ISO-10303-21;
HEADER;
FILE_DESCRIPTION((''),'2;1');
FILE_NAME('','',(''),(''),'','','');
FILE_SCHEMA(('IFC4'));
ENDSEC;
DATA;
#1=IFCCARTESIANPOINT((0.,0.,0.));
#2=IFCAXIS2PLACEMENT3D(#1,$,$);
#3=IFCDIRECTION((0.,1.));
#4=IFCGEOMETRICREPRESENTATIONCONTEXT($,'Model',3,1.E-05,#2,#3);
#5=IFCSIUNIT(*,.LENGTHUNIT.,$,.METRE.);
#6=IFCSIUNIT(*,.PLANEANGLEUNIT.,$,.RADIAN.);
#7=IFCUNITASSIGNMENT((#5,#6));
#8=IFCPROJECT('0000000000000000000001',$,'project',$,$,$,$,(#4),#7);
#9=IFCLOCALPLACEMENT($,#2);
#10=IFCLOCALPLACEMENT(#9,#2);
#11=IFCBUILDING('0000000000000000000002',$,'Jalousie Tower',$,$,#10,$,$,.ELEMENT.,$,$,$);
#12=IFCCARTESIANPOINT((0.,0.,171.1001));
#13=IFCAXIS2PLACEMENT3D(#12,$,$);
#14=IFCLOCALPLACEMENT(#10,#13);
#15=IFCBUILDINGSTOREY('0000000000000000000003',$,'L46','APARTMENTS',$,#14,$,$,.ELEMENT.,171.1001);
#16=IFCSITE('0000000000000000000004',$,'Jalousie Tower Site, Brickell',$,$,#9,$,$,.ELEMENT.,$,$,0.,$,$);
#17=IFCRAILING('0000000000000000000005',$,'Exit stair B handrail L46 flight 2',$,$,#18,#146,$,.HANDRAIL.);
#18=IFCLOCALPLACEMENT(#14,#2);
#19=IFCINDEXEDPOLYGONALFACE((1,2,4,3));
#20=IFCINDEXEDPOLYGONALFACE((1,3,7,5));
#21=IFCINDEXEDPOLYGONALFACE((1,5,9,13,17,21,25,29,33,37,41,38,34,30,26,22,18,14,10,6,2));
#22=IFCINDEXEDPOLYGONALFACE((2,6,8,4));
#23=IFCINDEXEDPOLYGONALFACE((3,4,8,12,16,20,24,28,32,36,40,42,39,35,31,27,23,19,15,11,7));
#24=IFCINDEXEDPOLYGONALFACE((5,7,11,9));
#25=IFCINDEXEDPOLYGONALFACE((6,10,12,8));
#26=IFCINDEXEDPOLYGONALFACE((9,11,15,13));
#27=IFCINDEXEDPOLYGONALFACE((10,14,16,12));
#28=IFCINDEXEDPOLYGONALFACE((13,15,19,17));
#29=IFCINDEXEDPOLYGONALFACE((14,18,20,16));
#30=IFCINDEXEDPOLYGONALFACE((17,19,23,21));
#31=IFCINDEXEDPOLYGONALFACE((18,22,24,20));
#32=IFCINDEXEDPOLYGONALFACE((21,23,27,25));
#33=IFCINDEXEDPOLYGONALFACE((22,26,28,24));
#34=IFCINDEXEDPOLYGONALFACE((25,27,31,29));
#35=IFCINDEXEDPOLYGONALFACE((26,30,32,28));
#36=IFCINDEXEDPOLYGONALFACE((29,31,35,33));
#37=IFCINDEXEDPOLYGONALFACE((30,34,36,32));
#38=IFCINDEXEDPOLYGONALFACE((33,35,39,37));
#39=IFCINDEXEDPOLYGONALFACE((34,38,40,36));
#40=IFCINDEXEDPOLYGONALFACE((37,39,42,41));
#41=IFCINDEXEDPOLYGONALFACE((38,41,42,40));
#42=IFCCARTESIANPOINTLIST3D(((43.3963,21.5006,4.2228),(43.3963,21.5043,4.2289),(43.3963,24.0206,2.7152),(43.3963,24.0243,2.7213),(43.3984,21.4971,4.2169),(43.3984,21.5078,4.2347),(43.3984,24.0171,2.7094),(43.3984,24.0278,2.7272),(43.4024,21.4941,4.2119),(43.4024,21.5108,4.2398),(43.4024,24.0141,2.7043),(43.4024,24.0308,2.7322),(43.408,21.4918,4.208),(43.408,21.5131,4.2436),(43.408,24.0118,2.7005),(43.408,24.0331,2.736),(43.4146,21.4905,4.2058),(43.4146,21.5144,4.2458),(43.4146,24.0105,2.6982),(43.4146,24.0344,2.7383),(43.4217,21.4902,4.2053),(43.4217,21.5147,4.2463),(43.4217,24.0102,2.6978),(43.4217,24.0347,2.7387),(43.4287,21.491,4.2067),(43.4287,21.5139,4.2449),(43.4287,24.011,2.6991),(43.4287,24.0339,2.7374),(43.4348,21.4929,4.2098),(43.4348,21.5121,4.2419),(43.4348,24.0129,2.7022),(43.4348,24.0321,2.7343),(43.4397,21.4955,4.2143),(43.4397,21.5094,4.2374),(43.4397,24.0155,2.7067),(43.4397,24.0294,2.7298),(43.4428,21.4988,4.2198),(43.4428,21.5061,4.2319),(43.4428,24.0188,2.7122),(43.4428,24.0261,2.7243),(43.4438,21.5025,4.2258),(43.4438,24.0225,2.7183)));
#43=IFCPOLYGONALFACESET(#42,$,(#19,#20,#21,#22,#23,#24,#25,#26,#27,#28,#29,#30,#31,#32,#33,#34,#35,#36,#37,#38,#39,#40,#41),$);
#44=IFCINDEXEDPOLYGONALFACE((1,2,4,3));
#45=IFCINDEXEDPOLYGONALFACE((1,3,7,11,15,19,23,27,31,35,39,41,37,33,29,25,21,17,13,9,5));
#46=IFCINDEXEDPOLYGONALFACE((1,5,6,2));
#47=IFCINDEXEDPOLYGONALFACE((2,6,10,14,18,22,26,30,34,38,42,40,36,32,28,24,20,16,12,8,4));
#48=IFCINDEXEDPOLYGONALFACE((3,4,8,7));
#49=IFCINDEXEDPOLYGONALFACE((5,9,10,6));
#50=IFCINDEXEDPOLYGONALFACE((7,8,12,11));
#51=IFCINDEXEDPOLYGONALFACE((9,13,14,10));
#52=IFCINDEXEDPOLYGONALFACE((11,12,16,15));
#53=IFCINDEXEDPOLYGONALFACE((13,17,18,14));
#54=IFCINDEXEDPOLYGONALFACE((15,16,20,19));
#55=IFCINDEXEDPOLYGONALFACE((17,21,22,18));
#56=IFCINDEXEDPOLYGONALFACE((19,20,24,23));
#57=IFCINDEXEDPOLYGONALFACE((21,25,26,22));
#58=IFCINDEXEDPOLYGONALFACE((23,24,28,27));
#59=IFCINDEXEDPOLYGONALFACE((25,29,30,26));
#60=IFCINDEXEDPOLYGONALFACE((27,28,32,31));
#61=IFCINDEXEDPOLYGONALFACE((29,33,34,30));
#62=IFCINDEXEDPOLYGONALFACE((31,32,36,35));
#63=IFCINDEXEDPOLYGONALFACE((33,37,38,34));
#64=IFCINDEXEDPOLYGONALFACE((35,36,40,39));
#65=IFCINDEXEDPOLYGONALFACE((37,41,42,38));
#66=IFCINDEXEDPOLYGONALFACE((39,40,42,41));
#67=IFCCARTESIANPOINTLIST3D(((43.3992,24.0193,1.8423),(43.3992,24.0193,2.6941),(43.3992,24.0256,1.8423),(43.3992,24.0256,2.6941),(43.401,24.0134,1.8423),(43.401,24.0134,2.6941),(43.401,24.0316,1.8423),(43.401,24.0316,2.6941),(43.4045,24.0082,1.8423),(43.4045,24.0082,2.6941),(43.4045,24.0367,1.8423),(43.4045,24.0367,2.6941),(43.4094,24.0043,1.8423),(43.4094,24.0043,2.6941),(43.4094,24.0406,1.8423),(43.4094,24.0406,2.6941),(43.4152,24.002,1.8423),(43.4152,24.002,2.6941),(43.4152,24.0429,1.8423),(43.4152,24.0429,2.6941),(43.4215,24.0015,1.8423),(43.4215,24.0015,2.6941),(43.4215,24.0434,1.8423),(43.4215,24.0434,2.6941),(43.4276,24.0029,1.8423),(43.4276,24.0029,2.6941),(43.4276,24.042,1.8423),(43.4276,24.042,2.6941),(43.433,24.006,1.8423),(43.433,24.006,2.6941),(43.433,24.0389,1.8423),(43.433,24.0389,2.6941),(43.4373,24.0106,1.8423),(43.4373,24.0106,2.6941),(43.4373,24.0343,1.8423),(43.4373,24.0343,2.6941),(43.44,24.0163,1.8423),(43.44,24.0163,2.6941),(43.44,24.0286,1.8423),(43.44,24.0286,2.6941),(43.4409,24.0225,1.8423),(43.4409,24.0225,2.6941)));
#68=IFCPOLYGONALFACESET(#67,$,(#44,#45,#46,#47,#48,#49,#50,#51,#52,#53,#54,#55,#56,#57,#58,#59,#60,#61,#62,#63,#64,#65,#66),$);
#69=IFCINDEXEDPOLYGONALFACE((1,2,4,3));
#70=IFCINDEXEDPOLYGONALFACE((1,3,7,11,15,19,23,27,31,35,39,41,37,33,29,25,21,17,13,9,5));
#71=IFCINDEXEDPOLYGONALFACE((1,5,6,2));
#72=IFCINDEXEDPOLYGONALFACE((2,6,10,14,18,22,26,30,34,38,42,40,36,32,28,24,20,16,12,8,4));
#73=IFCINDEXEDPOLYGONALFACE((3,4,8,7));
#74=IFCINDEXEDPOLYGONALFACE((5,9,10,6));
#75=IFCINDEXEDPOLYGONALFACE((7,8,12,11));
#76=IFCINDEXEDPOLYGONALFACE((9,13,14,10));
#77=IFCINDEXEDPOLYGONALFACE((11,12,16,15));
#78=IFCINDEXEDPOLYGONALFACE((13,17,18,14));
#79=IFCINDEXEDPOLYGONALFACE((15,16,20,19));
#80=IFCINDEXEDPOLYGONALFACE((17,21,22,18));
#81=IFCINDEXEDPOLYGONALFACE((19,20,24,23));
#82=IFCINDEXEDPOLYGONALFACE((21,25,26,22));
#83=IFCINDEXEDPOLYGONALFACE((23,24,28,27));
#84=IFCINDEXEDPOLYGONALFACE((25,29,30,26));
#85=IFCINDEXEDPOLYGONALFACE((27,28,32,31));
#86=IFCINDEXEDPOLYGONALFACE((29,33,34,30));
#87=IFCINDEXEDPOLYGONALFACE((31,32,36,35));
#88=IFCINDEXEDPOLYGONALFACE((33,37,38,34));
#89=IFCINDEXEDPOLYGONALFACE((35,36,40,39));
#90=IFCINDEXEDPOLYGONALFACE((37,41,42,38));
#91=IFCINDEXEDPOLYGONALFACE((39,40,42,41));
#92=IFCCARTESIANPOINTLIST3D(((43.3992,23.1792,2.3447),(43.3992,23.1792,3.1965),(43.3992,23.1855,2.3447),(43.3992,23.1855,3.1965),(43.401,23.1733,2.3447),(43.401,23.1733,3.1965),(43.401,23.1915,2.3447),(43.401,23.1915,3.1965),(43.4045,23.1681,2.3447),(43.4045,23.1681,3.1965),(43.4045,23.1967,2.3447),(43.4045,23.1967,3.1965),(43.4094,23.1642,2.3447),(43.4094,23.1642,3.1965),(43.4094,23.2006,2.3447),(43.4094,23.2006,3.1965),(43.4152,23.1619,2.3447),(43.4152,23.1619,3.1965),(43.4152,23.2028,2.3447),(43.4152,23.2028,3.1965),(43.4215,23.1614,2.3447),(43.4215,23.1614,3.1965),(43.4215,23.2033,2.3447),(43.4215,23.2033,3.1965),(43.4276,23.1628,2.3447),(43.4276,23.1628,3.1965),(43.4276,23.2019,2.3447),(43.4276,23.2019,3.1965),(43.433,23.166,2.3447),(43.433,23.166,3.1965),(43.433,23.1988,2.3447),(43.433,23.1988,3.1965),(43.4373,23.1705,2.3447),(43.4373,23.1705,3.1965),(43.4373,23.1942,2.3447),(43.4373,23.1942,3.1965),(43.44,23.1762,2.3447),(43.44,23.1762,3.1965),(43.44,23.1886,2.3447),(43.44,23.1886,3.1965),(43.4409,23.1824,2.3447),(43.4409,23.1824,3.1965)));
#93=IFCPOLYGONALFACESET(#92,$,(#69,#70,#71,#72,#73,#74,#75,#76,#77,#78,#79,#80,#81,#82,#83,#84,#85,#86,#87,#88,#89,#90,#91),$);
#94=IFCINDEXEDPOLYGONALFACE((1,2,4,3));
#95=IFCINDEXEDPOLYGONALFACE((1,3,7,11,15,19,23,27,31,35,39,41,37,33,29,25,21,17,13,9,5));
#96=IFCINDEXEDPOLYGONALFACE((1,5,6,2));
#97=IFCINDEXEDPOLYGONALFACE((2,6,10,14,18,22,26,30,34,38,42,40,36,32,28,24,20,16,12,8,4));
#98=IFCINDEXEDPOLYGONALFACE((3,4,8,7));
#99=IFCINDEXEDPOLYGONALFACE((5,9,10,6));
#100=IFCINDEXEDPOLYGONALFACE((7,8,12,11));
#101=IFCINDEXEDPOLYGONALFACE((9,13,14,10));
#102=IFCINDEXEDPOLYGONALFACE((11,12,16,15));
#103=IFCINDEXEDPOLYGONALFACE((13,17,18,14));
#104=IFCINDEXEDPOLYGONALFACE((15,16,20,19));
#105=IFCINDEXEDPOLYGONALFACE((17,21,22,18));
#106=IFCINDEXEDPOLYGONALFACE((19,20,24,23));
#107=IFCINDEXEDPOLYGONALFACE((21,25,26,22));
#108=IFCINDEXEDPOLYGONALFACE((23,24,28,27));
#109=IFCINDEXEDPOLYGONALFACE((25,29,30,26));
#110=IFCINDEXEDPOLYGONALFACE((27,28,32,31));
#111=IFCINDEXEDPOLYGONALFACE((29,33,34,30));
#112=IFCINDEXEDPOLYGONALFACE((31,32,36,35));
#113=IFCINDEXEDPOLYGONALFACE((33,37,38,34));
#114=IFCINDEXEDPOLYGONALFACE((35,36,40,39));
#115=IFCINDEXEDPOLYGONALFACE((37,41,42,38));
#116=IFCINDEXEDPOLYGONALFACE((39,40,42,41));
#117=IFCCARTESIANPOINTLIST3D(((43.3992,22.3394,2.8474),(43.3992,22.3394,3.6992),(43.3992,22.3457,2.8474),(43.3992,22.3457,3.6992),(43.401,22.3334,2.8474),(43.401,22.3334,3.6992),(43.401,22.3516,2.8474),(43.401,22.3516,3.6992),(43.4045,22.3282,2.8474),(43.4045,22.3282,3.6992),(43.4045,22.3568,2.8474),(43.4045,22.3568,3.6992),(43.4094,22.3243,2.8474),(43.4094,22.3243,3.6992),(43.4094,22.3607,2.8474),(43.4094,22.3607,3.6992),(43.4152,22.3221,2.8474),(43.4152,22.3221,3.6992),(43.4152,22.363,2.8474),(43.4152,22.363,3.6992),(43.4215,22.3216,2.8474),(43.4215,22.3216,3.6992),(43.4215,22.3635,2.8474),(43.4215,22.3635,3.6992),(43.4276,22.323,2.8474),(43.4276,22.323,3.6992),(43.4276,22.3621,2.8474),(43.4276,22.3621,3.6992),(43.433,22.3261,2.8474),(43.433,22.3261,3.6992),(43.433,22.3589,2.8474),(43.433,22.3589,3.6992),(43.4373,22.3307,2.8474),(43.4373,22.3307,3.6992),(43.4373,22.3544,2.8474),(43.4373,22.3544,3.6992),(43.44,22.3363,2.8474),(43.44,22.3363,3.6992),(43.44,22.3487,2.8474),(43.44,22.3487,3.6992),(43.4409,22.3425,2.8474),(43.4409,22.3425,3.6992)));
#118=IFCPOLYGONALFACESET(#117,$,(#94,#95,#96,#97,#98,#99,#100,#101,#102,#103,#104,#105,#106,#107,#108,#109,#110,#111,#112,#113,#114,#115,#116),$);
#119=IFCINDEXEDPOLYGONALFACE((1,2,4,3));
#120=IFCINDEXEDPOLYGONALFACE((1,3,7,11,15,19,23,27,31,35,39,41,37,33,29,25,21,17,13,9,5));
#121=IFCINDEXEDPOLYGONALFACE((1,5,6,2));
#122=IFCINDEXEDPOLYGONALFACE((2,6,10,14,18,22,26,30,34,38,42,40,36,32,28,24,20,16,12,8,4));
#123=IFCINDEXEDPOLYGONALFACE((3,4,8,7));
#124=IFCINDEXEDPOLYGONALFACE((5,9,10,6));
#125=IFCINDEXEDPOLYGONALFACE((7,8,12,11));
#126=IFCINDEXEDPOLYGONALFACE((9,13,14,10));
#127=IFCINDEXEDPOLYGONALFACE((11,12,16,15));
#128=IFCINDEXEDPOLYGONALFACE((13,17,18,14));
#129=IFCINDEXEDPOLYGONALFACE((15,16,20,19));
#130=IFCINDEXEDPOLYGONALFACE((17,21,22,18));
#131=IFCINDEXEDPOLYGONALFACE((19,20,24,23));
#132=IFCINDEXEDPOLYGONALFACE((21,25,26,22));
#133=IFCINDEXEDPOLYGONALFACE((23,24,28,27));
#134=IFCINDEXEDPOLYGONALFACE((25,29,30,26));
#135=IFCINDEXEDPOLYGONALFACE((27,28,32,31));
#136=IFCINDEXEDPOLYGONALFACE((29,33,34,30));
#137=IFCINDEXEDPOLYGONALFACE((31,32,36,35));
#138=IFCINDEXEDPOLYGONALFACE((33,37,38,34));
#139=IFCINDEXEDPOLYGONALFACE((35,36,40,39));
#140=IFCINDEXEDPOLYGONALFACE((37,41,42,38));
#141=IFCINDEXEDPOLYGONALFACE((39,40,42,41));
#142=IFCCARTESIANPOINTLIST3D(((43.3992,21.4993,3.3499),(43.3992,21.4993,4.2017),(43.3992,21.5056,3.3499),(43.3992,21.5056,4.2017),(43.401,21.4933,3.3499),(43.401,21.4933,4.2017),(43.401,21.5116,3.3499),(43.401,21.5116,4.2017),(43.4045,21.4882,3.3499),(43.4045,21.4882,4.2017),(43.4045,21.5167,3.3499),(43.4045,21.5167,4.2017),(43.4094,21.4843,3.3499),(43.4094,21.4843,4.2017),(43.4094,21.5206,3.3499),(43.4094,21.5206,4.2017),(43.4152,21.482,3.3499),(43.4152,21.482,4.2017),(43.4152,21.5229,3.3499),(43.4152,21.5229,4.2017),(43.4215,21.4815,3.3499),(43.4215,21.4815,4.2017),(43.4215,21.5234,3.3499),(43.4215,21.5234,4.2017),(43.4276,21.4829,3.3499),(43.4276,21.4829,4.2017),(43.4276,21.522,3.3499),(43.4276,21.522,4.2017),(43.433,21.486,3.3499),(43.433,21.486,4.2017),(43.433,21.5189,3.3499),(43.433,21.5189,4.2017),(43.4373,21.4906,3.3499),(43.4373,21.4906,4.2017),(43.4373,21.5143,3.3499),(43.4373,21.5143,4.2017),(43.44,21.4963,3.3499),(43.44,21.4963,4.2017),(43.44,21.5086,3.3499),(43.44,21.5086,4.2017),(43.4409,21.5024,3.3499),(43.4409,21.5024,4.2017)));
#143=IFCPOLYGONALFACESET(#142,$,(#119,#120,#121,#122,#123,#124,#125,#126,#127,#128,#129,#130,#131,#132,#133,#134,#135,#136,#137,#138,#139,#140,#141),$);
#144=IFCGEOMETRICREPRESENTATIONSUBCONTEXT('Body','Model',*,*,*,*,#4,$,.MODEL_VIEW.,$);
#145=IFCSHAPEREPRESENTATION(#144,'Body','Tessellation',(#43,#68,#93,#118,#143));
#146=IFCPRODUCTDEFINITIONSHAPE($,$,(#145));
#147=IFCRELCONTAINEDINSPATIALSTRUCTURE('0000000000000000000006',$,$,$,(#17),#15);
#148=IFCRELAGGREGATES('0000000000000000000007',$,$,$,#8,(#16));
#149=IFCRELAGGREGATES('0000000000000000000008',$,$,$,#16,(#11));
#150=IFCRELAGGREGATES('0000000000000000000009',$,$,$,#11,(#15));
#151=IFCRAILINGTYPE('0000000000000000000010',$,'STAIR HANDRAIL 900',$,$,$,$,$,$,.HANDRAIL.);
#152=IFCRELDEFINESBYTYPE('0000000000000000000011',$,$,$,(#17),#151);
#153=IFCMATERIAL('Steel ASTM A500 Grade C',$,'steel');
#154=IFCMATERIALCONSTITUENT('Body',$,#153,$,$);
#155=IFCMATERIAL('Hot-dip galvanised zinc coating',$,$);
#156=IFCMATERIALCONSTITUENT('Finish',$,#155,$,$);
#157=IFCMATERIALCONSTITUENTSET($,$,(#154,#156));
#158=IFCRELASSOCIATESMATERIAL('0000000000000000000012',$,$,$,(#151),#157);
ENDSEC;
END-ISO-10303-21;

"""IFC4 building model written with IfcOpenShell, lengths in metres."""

from ifc_helpers import new_model, si_unit, direction, frame, origin, origin_2d, place, context, subcontext, project, spatial, circle, extrude, material, constituent, constituent_set, type_object, element, save


model = new_model("IFC4")

# Units and contexts
model_context = context("Model", 3, precision=1e-05, world=origin(), true_north=direction((0.0, 1.0)))
body_context = subcontext(model_context, "Body", "Model", "MODEL_VIEW")
ifc_project = project(units=[si_unit("LENGTHUNIT", "METRE"), si_unit("PLANEANGLEUNIT", "RADIAN")], contexts=[model_context])

# Site, building, storey
site_placement = place(None, origin())
site = spatial("IfcSite", under=ifc_project, at=site_placement, Name="Jalousie Tower Site, Brickell", CompositionType="ELEMENT", RefElevation=0.0)
building_placement = place(site_placement, origin())
building = spatial("IfcBuilding", under=site, at=building_placement, Name="Jalousie Tower", CompositionType="ELEMENT")
storey_placement = place(building_placement, frame((0.0, 0.0, 171.1001)))
storey = spatial("IfcBuildingStorey", under=building, at=storey_placement, Name="L46", Description="APARTMENTS", CompositionType="ELEMENT", Elevation=171.1001)

# Railing
ifc_material_1 = material(Name="Steel ASTM A500 Grade C", Category="steel")
ifc_constituent_1 = constituent(ifc_material_1, Name="Body")
ifc_material_2 = material(Name="Hot-dip galvanised zinc coating")
ifc_constituent_2 = constituent(ifc_material_2, Name="Finish")
ifc_constituent_set_1 = constituent_set(constituents=[ifc_constituent_1, ifc_constituent_2])
railing_type_1 = type_object("IfcRailingType", Name="STAIR HANDRAIL 900", PredefinedType="HANDRAIL", material=ifc_constituent_set_1)
railing_1_placement = place(storey_placement, frame((43.4199, 24.0225, 1.8423)))
element("IfcRailing", 1, at=railing_1_placement, inside=storey, type_object=railing_type_1, Name="Exit stair B handrail L46 flight 2", PredefinedType="HANDRAIL", context=body_context, shape_type="SweptSolid", body=[
    extrude(circle(Radius=0.0239, at=origin_2d()), frame((0.0, 0.0, 0.876), z_axis=(0.0, -0.85816, 0.513383), x_axis=(1.0, 0.0, 0.0)), (0.0, 0.0, 1.0), 2.9365),
    extrude(circle(Radius=0.021, at=origin_2d()), origin(), (0.0, 0.0, 1.0), 0.8518),
    extrude(circle(Radius=0.021, at=origin_2d()), frame((0.0, -0.8401, 0.5024)), (0.0, 0.0, 1.0), 0.8518),
    extrude(circle(Radius=0.021, at=origin_2d()), frame((0.0, -1.6799, 1.0051)), (0.0, 0.0, 1.0), 0.8518),
    extrude(circle(Radius=0.021, at=origin_2d()), frame((0.0, -2.52, 1.5076)), (0.0, 0.0, 1.0), 0.8518),
])

save(model, "model.ifc")
